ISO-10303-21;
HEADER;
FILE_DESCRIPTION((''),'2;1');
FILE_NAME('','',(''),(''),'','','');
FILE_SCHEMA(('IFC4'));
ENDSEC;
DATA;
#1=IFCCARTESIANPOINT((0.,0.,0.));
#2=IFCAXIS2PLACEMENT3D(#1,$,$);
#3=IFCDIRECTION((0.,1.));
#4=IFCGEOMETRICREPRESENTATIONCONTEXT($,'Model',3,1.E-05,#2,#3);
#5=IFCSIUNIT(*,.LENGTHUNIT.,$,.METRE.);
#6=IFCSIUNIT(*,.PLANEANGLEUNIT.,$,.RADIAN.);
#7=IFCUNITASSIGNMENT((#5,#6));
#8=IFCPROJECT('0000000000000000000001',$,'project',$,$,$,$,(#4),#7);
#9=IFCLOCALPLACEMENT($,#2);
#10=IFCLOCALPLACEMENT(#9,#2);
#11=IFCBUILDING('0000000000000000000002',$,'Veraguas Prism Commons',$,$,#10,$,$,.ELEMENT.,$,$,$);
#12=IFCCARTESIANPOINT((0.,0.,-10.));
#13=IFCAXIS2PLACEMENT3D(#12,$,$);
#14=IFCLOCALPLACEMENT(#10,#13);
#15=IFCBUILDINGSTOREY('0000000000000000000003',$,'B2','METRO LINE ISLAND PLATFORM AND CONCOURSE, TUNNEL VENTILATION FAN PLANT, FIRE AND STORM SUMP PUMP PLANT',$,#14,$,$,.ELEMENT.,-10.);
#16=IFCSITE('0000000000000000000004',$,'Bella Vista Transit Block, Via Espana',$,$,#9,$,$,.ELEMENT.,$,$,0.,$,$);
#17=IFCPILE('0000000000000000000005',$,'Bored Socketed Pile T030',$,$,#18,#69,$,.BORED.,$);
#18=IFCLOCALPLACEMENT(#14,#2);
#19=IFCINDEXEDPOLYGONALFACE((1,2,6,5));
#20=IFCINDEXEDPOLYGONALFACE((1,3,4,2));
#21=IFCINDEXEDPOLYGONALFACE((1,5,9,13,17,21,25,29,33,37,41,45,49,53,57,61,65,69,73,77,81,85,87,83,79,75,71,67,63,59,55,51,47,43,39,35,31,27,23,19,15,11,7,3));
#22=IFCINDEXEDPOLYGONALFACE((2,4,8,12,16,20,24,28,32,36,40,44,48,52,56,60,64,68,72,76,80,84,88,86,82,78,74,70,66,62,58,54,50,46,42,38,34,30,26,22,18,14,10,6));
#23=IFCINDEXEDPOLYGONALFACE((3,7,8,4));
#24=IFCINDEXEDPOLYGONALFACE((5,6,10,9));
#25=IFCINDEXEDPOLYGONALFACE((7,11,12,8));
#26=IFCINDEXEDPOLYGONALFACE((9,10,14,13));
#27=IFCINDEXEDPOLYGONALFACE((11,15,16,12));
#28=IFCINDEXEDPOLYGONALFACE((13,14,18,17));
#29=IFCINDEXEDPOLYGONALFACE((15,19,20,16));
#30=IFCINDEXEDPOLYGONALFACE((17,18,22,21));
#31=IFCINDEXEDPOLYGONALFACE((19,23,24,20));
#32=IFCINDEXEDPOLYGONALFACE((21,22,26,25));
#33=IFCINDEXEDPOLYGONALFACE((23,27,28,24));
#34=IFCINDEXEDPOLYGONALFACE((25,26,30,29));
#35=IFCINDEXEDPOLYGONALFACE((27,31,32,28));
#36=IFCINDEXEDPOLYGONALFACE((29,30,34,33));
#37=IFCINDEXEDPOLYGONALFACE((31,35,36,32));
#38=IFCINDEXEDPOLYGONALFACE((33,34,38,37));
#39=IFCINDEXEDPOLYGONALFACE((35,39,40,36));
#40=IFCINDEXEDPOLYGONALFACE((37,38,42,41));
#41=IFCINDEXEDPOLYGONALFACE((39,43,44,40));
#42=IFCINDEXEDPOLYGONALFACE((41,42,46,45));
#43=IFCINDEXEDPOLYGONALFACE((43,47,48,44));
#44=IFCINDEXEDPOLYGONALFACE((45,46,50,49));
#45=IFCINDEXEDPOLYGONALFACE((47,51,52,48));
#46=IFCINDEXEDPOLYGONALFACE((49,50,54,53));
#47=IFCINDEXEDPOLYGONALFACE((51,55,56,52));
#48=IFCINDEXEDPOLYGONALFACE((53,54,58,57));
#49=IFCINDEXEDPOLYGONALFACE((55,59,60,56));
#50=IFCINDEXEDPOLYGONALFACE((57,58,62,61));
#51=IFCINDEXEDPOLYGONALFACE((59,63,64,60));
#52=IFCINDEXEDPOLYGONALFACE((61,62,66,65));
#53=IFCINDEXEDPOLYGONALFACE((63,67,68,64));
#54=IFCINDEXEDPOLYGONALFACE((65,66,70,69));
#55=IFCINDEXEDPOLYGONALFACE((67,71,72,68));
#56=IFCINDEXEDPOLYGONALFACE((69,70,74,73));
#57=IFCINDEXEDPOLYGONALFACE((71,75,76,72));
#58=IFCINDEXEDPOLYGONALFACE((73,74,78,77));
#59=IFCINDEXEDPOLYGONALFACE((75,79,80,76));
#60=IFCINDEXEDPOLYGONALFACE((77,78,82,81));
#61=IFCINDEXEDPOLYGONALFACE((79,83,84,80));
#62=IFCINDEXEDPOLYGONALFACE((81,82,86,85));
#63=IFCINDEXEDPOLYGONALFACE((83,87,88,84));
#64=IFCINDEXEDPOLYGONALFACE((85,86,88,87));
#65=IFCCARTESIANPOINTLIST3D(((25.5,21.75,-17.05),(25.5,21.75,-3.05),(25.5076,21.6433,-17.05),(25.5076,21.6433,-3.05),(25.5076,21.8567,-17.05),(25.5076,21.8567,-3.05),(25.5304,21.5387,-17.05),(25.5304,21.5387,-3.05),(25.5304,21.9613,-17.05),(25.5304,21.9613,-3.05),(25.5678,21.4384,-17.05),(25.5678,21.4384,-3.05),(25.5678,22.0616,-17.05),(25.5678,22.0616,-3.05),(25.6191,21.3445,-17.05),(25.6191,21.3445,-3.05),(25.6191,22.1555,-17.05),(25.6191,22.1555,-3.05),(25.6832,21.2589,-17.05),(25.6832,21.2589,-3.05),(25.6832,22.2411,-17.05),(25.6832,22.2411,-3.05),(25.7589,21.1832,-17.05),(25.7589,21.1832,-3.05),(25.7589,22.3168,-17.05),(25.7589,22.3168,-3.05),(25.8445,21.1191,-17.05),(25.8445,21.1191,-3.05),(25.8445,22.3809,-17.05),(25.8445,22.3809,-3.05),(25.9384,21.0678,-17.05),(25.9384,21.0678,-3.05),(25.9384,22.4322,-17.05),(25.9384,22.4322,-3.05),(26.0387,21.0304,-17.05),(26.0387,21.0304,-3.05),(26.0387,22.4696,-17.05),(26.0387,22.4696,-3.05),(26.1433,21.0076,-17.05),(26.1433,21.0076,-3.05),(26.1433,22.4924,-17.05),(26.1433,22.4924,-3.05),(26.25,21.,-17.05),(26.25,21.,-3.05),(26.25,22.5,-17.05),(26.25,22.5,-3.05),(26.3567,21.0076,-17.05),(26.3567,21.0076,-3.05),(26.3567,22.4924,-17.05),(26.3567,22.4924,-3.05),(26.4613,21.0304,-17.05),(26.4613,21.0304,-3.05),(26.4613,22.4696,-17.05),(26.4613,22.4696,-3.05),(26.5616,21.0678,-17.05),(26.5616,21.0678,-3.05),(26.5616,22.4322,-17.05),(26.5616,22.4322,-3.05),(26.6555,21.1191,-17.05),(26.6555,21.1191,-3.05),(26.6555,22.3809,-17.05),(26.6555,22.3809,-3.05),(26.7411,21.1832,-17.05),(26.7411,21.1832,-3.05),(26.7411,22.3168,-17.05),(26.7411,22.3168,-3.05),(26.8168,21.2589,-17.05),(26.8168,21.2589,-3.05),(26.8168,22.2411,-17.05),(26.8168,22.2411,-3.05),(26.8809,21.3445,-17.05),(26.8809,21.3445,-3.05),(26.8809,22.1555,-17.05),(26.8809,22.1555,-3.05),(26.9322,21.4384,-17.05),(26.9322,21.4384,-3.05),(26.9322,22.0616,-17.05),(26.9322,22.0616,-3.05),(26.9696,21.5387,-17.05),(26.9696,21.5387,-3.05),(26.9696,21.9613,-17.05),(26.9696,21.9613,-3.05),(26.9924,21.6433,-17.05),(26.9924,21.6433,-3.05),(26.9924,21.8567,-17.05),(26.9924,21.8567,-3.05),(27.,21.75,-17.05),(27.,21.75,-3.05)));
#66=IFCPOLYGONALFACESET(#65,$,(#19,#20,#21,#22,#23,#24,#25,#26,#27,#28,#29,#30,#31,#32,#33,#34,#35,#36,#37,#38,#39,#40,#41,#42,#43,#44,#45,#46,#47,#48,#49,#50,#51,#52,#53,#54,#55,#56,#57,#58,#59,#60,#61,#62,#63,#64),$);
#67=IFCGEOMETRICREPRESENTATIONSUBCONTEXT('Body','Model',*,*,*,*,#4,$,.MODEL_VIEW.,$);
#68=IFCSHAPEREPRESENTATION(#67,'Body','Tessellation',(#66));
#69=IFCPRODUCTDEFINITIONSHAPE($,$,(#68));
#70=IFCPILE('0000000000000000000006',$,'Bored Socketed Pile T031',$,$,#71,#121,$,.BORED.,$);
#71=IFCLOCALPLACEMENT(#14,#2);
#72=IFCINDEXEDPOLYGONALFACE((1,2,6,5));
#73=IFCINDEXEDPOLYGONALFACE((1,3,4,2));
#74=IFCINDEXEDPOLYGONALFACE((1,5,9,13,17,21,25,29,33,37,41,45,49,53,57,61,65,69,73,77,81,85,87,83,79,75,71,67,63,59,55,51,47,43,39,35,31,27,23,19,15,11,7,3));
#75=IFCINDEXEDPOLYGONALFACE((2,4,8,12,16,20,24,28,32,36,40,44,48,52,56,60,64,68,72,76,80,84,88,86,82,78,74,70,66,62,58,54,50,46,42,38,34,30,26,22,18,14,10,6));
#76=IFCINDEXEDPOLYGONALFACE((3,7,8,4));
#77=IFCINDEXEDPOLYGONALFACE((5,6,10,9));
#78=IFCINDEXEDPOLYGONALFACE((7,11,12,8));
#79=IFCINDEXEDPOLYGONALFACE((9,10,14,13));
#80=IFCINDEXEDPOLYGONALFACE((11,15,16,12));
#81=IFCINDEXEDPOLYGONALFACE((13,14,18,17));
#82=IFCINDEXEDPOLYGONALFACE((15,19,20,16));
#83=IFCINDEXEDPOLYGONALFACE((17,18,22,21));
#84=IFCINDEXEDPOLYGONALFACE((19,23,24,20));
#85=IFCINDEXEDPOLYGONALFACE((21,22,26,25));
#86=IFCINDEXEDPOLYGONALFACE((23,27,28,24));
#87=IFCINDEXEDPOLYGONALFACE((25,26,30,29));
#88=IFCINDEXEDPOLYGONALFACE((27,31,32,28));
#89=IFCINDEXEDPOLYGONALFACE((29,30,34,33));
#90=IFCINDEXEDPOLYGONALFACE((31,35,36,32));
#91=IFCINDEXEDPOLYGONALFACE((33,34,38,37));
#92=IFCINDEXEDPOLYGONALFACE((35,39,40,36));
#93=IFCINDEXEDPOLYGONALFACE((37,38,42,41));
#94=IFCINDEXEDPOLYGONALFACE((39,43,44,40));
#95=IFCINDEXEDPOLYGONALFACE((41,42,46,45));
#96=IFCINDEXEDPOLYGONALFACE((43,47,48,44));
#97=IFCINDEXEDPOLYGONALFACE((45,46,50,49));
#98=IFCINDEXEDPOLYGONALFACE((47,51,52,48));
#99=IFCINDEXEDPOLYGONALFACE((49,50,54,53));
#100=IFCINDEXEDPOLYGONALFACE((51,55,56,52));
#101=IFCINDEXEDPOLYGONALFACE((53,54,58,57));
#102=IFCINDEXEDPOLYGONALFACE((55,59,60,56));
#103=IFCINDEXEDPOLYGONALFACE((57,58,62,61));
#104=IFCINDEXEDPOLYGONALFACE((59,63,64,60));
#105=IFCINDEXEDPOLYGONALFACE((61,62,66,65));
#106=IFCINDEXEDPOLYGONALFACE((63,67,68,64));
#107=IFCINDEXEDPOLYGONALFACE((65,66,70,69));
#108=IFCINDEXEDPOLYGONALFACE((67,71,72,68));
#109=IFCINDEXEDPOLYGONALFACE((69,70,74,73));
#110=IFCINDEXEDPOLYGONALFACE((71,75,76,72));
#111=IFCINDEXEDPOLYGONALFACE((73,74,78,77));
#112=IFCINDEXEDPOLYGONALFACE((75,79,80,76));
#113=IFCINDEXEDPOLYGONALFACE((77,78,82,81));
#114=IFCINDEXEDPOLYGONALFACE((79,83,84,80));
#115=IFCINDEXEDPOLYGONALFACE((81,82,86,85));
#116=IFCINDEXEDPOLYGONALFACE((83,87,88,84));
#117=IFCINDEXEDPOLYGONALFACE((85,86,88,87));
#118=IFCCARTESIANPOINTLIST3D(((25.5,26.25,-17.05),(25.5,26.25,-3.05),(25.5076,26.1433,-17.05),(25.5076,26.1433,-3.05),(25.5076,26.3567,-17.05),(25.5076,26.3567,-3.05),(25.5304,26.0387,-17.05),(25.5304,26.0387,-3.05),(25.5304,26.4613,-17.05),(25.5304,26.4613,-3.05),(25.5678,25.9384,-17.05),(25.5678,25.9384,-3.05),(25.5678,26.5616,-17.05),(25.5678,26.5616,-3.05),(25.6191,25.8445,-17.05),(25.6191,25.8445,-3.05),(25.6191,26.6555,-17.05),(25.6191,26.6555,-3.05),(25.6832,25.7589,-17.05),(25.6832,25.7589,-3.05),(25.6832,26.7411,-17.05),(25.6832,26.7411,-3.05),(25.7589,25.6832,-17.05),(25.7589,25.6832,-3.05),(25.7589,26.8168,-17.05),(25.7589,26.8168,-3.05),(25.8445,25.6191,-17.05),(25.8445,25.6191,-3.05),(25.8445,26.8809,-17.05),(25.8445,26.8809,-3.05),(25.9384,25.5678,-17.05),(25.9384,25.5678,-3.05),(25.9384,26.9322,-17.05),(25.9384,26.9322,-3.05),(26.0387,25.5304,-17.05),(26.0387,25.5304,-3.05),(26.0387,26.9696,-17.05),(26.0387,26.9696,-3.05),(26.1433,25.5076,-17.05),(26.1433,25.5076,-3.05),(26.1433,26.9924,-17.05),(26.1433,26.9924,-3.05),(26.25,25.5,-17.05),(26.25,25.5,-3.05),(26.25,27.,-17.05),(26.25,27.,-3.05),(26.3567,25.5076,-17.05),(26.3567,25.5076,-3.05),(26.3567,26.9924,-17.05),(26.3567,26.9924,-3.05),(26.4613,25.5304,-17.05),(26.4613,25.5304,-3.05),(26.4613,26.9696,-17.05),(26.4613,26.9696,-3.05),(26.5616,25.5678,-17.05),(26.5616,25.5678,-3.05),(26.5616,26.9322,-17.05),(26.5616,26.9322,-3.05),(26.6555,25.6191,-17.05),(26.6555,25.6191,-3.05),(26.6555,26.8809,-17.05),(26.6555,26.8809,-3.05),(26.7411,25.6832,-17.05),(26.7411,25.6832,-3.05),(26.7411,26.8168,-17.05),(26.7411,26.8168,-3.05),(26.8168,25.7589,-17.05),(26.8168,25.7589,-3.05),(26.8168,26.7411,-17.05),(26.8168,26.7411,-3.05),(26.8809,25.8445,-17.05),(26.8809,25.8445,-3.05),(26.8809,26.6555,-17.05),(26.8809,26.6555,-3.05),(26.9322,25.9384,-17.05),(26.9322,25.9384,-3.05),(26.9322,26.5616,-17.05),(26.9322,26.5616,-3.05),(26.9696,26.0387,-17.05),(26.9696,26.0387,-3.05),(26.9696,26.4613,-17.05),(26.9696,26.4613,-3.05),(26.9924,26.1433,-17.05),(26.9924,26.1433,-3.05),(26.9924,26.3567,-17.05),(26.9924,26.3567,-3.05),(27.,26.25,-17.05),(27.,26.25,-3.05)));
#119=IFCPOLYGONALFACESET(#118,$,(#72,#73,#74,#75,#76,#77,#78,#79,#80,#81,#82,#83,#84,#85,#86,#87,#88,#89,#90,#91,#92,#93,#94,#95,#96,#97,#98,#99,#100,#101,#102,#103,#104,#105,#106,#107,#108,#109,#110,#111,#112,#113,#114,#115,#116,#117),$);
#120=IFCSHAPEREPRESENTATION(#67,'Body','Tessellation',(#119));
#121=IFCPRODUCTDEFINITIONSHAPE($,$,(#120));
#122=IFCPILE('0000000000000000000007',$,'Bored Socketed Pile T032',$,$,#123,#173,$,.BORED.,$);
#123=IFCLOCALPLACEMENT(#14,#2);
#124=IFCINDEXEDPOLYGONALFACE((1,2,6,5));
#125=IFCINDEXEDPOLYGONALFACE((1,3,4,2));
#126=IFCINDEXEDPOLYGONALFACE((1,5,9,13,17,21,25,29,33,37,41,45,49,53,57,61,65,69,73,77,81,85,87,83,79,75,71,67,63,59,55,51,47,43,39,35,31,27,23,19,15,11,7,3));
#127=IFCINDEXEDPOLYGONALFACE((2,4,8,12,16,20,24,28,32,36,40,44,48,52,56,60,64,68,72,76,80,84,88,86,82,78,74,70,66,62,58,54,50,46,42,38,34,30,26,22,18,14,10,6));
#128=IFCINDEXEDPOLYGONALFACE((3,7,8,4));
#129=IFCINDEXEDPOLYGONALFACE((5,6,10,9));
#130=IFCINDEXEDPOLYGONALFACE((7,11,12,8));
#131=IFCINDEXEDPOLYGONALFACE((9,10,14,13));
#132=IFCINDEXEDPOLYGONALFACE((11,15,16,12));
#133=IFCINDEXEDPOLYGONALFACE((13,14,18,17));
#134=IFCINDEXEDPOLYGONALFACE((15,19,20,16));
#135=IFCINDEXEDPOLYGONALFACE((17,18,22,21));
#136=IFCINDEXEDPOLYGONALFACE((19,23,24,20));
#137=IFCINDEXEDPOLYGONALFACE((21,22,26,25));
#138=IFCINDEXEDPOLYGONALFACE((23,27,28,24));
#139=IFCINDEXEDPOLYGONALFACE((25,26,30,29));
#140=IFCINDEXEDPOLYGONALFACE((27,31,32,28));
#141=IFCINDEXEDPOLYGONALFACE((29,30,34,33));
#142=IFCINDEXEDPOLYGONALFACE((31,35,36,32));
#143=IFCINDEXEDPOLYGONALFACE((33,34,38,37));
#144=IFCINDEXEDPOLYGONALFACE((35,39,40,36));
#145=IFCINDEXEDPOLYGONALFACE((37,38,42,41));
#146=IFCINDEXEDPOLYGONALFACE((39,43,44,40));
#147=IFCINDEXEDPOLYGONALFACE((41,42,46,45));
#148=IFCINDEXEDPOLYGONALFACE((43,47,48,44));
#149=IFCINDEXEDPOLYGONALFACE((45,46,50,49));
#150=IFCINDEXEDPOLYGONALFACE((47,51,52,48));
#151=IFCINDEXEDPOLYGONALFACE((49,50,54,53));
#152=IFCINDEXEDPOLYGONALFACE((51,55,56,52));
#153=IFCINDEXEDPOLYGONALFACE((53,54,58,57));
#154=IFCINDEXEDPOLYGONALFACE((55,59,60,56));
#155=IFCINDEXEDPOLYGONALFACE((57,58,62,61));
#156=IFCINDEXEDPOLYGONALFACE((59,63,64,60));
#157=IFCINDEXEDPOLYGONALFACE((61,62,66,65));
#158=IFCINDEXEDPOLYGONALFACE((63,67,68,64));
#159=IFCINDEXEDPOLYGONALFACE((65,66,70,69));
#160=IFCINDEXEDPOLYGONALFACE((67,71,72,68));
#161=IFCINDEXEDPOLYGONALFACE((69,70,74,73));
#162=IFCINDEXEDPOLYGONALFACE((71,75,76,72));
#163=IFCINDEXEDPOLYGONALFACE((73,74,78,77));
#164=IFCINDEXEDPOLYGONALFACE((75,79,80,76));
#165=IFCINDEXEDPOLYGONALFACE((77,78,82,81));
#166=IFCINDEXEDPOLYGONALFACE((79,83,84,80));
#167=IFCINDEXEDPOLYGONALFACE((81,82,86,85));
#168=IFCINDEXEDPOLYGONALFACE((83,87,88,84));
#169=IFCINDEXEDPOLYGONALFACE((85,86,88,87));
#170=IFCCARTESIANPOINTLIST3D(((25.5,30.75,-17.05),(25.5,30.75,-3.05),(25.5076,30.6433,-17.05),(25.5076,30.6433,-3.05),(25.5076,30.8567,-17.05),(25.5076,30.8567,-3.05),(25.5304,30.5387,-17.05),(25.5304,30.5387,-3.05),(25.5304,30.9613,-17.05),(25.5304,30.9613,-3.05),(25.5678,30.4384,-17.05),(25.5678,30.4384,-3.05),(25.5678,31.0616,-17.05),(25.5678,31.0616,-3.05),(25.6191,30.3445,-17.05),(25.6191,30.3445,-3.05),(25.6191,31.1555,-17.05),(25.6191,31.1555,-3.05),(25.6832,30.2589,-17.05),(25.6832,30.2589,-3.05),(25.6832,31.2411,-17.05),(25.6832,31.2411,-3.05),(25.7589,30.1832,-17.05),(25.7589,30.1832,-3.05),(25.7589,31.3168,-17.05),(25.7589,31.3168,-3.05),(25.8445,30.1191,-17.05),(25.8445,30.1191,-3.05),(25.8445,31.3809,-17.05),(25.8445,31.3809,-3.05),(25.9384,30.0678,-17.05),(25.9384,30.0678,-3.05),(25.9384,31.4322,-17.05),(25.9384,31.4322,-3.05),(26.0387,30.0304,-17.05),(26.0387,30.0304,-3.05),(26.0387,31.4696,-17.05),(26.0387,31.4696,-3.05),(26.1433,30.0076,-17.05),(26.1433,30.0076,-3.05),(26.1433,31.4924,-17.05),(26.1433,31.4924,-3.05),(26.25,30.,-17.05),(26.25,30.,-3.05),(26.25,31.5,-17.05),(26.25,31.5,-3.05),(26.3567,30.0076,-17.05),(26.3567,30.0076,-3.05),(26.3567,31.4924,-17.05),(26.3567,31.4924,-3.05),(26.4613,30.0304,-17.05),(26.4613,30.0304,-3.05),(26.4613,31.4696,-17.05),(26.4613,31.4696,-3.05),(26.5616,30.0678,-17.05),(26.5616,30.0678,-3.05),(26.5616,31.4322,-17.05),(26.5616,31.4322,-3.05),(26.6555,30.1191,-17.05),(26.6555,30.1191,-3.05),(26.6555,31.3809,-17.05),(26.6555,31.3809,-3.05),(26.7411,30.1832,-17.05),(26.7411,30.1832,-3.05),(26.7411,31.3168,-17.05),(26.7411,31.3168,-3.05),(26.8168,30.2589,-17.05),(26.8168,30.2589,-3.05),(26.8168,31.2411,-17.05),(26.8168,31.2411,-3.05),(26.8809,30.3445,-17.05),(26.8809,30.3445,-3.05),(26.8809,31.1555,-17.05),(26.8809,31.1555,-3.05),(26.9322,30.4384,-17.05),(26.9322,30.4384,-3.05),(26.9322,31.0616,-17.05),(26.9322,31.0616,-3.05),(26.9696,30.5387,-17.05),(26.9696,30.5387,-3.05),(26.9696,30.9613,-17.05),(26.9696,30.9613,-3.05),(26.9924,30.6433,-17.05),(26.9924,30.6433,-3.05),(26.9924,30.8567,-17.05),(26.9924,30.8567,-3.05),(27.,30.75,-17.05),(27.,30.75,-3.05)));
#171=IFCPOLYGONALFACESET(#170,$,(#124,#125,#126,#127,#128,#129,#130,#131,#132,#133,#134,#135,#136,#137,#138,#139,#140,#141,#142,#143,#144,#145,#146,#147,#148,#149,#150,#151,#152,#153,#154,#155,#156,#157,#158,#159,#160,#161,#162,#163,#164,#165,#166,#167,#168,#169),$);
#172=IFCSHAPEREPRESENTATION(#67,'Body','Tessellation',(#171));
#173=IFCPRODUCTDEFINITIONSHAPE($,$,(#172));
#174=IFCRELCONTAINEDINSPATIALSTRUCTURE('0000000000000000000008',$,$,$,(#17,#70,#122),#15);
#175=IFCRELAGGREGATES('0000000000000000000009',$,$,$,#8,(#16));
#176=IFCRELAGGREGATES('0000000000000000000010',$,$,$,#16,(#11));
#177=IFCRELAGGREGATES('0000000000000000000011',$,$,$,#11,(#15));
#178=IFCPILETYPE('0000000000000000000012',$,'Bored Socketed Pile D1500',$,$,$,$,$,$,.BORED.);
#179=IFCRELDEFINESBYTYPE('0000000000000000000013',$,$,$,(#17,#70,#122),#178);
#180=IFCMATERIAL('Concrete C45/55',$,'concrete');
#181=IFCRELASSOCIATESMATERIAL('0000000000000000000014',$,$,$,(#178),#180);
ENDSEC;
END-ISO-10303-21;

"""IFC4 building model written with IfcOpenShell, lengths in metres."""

from ifc_helpers import new_model, si_unit, direction, frame, origin, origin_2d, place, context, subcontext, project, spatial, circle, extrude, source, transform, mapped, material, material_profile, profile_set, type_object, element, save


model = new_model("IFC4")

# Units and contexts
model_context = context("Model", 3, precision=1e-05, world=origin(), true_north=direction((0.0, 1.0)))
body_context = subcontext(model_context, "Body", "Model", "MODEL_VIEW")
ifc_project = project(units=[si_unit("LENGTHUNIT", "METRE"), si_unit("PLANEANGLEUNIT", "RADIAN")], contexts=[model_context])

# Site, building, storey
site_placement = place(None, origin())
site = spatial("IfcSite", under=ifc_project, at=site_placement, Name="Bella Vista Transit Block, Via Espana", CompositionType="ELEMENT", RefElevation=0.0)
building_placement = place(site_placement, origin())
building = spatial("IfcBuilding", under=site, at=building_placement, Name="Veraguas Prism Commons", CompositionType="ELEMENT")
storey_placement = place(building_placement, frame((0.0, 0.0, -10.0)))
storey = spatial("IfcBuildingStorey", under=building, at=storey_placement, Name="B2", Description="METRO LINE ISLAND PLATFORM AND CONCOURSE, TUNNEL VENTILATION FAN PLANT, FIRE AND STORM SUMP PUMP PLANT", CompositionType="ELEMENT", Elevation=-10.0)

# Piles
ifc_material_1 = material(Name="Concrete C45/55", Category="concrete")
ifc_material_profile_1 = material_profile(ifc_material_1, circle(Radius=0.75, at=origin_2d()), Name="PILE1500")
ifc_profile_set_1 = profile_set([ifc_material_profile_1], Name="Concrete C45/55")
pile_type = type_object("IfcPileType", Name="Bored Socketed Pile D1500", PredefinedType="BORED", material=ifc_profile_set_1)
shared_shape_1 = source(origin(), body_context, "Body", "SweptSolid", [
    extrude(circle(Radius=0.75, at=origin_2d()), origin(), (0.0, 0.0, 1.0), 14.0),
])
for number, where, z_axis, x_axis, name in (
    (1, (26.25, 21.75, -3.05), (0.0, 0.0, -1.0), (1.0, 0.0, 0.0), "Bored Socketed Pile T030"),
    (2, (26.25, 26.25, -3.05), (0.0, 0.0, -1.0), (1.0, 0.0, 0.0), "Bored Socketed Pile T031"),
    (3, (26.25, 30.75, -3.05), (0.0, 0.0, -1.0), (1.0, 0.0, 0.0), "Bored Socketed Pile T032"),
):
    element("IfcPile", number, at=place(storey_placement, frame(where, z_axis=z_axis, x_axis=x_axis)), inside=storey, type_object=pile_type, Name=name, PredefinedType="BORED", context=body_context, shape_type="MappedRepresentation", body=[
        mapped(shared_shape_1, transform((0.0, 0.0, 0.0), scale=1.0)),
    ])

save(model, "model.ifc")
